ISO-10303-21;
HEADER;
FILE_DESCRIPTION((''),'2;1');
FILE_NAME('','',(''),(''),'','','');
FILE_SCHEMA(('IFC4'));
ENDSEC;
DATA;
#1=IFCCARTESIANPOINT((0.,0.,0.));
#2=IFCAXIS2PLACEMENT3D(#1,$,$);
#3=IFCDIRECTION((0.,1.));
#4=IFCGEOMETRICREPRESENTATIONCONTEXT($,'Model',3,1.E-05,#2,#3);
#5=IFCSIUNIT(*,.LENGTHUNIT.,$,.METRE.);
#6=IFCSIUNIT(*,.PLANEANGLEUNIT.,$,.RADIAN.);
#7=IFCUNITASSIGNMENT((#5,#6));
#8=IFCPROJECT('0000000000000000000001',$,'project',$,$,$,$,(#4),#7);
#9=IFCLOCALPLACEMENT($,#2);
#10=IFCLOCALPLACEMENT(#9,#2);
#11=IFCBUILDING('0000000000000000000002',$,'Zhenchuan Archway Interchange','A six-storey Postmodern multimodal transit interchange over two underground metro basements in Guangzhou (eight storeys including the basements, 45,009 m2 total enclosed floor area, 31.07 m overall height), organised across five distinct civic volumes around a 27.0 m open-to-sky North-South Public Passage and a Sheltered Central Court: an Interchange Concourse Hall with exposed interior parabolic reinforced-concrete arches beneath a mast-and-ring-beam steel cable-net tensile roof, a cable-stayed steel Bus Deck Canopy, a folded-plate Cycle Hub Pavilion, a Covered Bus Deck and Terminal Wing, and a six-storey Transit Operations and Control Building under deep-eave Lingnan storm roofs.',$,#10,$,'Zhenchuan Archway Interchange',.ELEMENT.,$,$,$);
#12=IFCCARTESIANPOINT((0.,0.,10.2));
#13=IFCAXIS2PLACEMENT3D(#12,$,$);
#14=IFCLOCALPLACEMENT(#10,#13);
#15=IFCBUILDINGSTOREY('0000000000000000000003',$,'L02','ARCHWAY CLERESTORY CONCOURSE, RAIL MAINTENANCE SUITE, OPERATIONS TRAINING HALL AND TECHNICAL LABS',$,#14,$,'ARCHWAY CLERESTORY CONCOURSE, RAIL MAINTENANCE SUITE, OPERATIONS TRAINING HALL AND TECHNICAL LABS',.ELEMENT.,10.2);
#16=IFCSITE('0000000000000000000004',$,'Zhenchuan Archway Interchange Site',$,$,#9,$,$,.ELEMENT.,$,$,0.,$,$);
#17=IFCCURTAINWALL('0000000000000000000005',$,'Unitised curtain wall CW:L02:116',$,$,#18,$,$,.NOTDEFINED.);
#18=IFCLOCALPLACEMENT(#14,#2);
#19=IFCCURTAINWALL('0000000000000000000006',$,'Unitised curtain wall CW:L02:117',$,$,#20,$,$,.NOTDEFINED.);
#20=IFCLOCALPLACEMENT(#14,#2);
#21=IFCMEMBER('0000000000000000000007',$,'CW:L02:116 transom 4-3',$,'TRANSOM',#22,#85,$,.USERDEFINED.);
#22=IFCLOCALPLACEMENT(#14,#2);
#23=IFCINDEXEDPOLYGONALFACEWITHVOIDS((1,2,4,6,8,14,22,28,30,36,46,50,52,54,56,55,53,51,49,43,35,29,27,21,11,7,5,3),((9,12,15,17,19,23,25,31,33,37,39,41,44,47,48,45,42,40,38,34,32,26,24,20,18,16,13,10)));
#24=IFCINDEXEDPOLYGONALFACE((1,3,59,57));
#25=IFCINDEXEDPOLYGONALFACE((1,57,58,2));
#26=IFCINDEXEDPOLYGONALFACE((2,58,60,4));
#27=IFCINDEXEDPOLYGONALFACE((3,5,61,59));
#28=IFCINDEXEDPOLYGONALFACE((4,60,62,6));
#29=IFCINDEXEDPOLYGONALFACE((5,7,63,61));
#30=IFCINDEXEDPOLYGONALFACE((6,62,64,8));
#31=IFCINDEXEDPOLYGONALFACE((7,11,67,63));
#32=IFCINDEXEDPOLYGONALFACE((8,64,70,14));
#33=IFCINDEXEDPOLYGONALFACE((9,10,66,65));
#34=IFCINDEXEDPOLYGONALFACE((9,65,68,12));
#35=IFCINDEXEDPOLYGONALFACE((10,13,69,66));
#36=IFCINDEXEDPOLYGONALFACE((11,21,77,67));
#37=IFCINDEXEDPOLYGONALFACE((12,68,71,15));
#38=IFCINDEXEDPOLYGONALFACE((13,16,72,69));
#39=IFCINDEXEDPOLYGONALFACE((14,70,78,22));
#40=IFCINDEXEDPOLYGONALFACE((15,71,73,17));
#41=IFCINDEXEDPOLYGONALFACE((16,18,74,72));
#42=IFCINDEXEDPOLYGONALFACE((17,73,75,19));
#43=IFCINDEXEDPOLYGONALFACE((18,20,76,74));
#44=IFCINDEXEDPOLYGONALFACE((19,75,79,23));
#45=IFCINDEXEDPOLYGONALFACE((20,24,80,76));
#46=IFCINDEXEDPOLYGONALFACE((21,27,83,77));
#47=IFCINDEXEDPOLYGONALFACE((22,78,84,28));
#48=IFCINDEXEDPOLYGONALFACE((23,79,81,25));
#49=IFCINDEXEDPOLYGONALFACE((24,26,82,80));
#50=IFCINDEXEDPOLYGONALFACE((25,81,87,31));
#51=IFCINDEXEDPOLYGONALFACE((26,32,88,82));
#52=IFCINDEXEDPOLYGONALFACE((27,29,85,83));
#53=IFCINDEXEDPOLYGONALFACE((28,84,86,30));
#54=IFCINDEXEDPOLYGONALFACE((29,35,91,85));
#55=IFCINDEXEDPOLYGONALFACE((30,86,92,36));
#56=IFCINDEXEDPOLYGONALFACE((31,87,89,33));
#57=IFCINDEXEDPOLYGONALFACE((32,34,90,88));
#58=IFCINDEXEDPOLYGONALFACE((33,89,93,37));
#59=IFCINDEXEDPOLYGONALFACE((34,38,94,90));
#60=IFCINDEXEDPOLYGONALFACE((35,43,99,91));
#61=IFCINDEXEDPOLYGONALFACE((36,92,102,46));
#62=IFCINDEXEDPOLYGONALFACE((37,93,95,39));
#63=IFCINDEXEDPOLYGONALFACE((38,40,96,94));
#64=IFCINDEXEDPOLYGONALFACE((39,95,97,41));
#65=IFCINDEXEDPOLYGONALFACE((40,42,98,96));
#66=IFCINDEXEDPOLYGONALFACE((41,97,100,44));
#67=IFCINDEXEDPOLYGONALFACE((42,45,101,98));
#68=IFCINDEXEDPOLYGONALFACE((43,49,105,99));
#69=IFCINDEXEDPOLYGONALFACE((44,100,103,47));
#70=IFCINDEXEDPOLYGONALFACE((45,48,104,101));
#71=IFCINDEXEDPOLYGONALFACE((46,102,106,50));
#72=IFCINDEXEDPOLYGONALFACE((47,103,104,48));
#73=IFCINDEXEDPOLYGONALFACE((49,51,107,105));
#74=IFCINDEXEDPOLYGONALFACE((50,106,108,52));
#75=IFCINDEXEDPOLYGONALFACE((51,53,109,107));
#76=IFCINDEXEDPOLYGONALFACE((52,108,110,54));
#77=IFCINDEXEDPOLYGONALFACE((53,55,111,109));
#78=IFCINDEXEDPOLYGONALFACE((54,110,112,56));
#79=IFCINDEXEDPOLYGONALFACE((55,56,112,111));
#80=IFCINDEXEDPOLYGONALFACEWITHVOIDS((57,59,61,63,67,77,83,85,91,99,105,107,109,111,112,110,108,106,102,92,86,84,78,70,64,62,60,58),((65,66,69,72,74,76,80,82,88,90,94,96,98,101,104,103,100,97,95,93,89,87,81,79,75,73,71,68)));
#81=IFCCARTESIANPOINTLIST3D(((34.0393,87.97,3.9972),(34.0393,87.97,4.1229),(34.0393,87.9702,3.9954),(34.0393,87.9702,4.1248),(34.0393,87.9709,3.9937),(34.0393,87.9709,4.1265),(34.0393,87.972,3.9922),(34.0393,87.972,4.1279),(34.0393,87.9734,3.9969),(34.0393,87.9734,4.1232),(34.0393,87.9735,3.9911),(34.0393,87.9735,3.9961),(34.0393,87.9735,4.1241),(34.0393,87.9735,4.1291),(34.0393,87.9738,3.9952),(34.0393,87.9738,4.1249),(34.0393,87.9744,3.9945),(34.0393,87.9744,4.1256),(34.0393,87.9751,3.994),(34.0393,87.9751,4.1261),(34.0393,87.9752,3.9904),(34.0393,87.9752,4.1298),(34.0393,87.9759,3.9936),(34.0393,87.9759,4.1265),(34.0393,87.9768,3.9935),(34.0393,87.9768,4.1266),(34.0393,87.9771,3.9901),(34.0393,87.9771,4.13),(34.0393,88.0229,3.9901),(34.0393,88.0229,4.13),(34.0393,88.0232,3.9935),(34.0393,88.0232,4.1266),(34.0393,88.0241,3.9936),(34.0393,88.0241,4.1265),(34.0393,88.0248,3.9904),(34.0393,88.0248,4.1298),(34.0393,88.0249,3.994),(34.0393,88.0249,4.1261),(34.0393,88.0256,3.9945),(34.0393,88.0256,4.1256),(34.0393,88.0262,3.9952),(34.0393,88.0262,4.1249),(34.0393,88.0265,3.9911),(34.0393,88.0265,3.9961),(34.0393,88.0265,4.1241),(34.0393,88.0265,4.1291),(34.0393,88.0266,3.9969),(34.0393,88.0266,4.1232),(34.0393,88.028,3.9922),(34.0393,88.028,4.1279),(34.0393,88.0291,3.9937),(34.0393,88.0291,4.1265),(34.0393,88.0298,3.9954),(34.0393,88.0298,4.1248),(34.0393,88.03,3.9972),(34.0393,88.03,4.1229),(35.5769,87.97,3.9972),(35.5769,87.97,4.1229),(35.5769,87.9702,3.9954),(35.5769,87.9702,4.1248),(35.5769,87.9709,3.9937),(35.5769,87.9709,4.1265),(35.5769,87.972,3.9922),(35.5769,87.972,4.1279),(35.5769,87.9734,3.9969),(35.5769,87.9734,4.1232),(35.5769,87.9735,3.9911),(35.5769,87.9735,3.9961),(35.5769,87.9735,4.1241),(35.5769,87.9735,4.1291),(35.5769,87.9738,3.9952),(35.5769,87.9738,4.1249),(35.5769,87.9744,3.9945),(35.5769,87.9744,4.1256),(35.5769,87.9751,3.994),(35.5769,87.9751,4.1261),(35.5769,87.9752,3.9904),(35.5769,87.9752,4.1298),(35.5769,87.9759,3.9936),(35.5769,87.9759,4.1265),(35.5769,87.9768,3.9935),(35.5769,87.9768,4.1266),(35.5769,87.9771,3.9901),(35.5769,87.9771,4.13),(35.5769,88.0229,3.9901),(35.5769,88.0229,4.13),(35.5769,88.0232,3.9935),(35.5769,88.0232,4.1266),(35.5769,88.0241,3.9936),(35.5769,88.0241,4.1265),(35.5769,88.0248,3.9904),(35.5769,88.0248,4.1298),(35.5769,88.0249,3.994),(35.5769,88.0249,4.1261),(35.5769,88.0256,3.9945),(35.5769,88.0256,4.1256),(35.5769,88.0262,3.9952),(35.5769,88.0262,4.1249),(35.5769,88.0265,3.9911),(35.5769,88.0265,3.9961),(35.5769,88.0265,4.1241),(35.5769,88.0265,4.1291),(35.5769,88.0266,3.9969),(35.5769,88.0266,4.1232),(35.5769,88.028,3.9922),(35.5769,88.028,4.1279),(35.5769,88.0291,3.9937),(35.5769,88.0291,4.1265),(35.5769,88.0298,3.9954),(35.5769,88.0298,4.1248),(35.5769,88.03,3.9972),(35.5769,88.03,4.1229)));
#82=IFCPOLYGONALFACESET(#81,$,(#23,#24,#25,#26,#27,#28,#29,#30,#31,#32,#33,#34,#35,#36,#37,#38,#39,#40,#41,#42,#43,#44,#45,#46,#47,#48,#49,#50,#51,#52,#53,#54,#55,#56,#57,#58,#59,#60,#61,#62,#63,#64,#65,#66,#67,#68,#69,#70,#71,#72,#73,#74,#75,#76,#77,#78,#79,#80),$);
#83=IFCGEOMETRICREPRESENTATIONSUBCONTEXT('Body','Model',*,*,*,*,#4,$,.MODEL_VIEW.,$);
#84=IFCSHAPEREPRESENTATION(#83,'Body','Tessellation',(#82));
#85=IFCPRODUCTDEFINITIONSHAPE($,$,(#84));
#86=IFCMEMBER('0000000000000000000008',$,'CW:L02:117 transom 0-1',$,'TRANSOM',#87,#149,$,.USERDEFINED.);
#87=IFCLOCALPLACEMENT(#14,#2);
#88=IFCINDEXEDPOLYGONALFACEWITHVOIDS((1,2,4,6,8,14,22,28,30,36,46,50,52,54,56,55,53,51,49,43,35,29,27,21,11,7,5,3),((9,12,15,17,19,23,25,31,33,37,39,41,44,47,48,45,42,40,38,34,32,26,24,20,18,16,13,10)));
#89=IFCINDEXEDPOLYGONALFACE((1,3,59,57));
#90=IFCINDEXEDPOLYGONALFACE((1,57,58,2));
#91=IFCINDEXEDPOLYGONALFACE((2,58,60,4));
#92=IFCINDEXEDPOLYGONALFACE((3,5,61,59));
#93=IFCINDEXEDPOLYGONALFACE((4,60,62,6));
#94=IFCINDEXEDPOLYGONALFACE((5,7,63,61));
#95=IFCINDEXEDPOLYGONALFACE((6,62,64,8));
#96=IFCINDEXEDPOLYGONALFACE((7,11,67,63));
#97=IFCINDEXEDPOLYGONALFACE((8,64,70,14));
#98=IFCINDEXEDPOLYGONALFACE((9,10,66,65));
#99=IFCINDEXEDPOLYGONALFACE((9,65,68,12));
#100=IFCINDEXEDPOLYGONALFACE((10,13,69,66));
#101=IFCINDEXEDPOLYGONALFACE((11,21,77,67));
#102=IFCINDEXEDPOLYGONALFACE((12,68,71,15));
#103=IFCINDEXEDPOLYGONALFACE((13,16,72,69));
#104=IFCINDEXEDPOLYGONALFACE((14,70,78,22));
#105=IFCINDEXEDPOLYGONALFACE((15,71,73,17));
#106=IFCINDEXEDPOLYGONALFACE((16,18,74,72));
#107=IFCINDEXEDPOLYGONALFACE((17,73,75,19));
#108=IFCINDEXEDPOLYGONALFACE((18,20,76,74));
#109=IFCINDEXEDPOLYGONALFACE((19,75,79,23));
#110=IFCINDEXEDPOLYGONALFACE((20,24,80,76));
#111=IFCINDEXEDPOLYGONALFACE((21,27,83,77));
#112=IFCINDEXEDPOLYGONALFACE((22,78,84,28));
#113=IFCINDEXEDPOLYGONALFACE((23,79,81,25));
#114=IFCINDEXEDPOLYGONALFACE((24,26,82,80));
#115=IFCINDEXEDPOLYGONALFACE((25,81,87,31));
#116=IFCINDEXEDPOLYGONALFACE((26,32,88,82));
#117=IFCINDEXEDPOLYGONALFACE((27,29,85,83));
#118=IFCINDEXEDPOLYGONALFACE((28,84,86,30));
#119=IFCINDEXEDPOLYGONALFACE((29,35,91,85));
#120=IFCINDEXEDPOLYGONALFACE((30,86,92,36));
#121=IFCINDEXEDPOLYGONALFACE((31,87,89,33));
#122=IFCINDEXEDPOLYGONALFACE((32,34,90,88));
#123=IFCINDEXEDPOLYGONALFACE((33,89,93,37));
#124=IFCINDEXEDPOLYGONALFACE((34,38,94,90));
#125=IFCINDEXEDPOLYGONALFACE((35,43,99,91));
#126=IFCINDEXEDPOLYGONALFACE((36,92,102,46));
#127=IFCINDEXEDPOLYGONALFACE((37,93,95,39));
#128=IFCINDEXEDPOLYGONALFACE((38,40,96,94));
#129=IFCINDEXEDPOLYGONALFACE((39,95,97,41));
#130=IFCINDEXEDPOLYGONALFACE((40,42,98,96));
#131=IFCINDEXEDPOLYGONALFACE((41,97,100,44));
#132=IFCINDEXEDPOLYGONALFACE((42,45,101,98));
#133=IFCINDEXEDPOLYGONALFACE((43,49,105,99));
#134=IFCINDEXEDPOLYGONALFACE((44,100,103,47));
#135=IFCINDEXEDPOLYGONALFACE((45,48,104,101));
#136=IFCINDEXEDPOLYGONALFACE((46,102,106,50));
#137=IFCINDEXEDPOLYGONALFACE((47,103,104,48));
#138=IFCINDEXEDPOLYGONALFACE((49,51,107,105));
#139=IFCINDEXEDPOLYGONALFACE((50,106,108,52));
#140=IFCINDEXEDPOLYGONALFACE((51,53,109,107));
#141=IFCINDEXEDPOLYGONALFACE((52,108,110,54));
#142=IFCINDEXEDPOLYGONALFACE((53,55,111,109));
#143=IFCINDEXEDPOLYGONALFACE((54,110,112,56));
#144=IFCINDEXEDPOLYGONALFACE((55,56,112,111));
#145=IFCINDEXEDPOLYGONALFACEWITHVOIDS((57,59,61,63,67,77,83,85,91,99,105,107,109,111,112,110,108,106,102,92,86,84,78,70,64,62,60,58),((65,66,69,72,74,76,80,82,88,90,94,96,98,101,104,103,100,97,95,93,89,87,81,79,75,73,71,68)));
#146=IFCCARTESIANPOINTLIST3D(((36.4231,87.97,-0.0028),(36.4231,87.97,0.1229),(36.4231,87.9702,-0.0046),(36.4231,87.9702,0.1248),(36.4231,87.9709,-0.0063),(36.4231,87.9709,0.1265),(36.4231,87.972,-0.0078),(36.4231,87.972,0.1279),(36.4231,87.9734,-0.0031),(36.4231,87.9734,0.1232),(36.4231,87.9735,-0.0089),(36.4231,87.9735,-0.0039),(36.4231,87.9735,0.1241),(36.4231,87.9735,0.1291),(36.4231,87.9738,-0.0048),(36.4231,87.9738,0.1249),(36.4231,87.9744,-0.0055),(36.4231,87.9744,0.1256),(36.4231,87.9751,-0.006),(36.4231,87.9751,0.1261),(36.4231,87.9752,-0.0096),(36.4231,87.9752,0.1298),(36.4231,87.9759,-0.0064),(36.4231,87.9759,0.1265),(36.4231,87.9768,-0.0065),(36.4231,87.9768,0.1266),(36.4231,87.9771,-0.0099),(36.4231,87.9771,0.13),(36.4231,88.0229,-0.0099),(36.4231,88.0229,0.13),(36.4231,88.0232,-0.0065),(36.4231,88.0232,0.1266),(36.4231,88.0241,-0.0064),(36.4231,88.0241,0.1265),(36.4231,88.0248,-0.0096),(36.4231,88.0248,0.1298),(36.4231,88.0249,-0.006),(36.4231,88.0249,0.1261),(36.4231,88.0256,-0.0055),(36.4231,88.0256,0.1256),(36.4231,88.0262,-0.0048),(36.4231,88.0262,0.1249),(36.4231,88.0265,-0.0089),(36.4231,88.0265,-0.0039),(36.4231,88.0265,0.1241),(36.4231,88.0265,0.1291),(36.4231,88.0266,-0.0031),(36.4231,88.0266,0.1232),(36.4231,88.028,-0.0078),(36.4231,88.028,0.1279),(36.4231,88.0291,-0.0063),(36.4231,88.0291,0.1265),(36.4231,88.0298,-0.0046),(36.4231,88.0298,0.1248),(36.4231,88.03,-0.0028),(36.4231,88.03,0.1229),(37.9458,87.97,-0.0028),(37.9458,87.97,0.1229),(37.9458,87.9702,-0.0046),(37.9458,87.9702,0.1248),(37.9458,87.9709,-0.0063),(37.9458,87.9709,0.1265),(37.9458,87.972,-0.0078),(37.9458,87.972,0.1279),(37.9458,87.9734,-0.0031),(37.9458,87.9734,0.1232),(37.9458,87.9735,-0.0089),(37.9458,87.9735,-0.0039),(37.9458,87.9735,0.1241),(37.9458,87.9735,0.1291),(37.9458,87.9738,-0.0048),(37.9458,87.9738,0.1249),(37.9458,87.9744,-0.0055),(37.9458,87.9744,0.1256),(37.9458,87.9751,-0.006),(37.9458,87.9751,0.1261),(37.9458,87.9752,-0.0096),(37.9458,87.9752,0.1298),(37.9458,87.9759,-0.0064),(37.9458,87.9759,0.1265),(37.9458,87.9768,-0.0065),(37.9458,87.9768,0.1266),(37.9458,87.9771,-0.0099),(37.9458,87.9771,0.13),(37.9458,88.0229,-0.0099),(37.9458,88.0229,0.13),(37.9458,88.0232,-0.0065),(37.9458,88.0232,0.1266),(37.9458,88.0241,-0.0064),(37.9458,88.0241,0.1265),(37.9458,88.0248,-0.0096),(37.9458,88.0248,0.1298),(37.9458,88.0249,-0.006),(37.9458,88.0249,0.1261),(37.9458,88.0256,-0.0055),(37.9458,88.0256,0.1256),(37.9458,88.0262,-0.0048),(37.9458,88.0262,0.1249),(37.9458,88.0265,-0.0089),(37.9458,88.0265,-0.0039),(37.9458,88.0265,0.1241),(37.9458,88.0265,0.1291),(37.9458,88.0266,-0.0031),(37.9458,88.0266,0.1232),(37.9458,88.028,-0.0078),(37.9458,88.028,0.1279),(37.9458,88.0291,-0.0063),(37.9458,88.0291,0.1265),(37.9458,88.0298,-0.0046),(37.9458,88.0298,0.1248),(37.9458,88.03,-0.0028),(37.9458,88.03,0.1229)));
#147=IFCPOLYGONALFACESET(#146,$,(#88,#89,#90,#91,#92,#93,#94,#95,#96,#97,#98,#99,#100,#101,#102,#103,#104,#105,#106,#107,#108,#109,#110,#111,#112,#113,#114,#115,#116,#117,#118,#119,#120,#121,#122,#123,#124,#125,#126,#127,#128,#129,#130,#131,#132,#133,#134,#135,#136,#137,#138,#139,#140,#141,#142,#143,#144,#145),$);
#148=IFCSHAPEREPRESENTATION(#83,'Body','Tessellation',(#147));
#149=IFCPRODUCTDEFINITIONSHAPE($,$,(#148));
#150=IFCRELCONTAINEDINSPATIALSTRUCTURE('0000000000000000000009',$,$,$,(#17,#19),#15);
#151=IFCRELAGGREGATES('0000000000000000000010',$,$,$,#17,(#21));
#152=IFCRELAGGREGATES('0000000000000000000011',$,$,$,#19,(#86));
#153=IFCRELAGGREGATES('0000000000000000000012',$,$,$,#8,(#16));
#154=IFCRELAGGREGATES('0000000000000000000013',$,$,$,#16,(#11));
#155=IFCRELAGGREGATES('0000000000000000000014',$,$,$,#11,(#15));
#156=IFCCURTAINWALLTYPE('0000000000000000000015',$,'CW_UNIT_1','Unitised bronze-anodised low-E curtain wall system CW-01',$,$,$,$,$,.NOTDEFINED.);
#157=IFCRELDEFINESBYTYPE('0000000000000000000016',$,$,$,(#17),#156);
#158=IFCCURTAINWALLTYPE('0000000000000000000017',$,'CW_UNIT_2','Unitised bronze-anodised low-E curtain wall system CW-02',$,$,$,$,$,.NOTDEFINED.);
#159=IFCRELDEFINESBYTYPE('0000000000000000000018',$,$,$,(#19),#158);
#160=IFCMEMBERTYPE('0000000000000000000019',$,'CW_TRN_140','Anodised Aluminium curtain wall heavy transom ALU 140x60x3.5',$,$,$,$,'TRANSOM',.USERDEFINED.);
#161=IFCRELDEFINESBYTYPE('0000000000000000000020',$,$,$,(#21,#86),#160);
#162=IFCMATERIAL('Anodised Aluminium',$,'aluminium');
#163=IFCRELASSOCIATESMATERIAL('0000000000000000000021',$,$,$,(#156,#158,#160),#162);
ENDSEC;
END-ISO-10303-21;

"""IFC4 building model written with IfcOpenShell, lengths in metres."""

from ifc_helpers import new_model, si_unit, direction, frame, origin, origin_2d, place, context, subcontext, project, spatial, hollow_rectangle, extrude, material, material_profile, profile_set, type_object, element, aggregate, save


model = new_model("IFC4")

# Units and contexts
model_context = context("Model", 3, precision=1e-05, world=origin(), true_north=direction((0.0, 1.0)))
body_context = subcontext(model_context, "Body", "Model", "MODEL_VIEW")
ifc_project = project(units=[si_unit("LENGTHUNIT", "METRE"), si_unit("PLANEANGLEUNIT", "RADIAN")], contexts=[model_context])

# Site, building, storey
site_placement = place(None, origin())
site = spatial("IfcSite", under=ifc_project, at=site_placement, Name="Zhenchuan Archway Interchange Site", CompositionType="ELEMENT", RefElevation=0.0)
building_placement = place(site_placement, origin())
building = spatial("IfcBuilding", under=site, at=building_placement, Name="Zhenchuan Archway Interchange", Description="A six-storey Postmodern multimodal transit interchange over two underground metro basements in Guangzhou (eight storeys including the basements, 45,009 m2 total enclosed floor area, 31.07 m overall height), organised across five distinct civic volumes around a 27.0 m open-to-sky North-South Public Passage and a Sheltered Central Court: an Interchange Concourse Hall with exposed interior parabolic reinforced-concrete arches beneath a mast-and-ring-beam steel cable-net tensile roof, a cable-stayed steel Bus Deck Canopy, a folded-plate Cycle Hub Pavilion, a Covered Bus Deck and Terminal Wing, and a six-storey Transit Operations and Control Building under deep-eave Lingnan storm roofs.", LongName="Zhenchuan Archway Interchange", CompositionType="ELEMENT")
storey_placement = place(building_placement, frame((0.0, 0.0, 10.2)))
storey = spatial("IfcBuildingStorey", under=building, at=storey_placement, Name="L02", Description="ARCHWAY CLERESTORY CONCOURSE, RAIL MAINTENANCE SUITE, OPERATIONS TRAINING HALL AND TECHNICAL LABS", LongName="ARCHWAY CLERESTORY CONCOURSE, RAIL MAINTENANCE SUITE, OPERATIONS TRAINING HALL AND TECHNICAL LABS", CompositionType="ELEMENT", Elevation=10.2)

# Curtain walls
ifc_material_1 = material(Name="Anodised Aluminium", Category="aluminium")
curtain_wall_type_1 = type_object("IfcCurtainWallType", Name="CW_UNIT_1", Description="Unitised bronze-anodised low-E curtain wall system CW-01", PredefinedType="NOTDEFINED", material=ifc_material_1)
curtain_wall_1_placement = place(storey_placement, origin())
curtain_wall_1 = element("IfcCurtainWall", 1, at=curtain_wall_1_placement, inside=storey, type_object=curtain_wall_type_1, Name="Unitised curtain wall CW:L02:116", PredefinedType="NOTDEFINED")
curtain_wall_type_2 = type_object("IfcCurtainWallType", Name="CW_UNIT_2", Description="Unitised bronze-anodised low-E curtain wall system CW-02", PredefinedType="NOTDEFINED", material=ifc_material_1)
curtain_wall_2_placement = place(storey_placement, origin())
curtain_wall_2 = element("IfcCurtainWall", 2, at=curtain_wall_2_placement, inside=storey, type_object=curtain_wall_type_2, Name="Unitised curtain wall CW:L02:117", PredefinedType="NOTDEFINED")

# Members
ifc_material_profile_1 = material_profile(ifc_material_1, hollow_rectangle(XDim=0.0601, YDim=0.1399, WallThickness=0.0034, InnerFilletRadius=0.0034, OuterFilletRadius=0.0071, at=origin_2d()), Name="ALU 140x60x3.5")
ifc_profile_set_1 = profile_set([ifc_material_profile_1], Name="Anodised Aluminium")
member_type_1 = type_object("IfcMemberType", Name="CW_TRN_140", Description="Anodised Aluminium curtain wall heavy transom ALU 140x60x3.5", ElementType="TRANSOM", PredefinedType="USERDEFINED", material=ifc_profile_set_1)
member_1_placement = place(storey_placement, frame((34.0393, 88.0, 4.0601), z_axis=(1.0, 0.0, 0.0), x_axis=(0.0, 1.0, 0.0)))
member_1 = element("IfcMember", 3, at=member_1_placement, type_object=member_type_1, Name="CW:L02:116 transom 4-3", ObjectType="TRANSOM", PredefinedType="USERDEFINED", context=body_context, shape_type="SweptSolid", body=[
    extrude(hollow_rectangle(XDim=0.0601, YDim=0.1399, WallThickness=0.0034, InnerFilletRadius=0.0034, OuterFilletRadius=0.0071, at=origin_2d()), origin(), (0.0, 0.0, 1.0), 1.5376),
])
member_2_placement = place(storey_placement, frame((36.4231, 88.0, 0.0601), z_axis=(1.0, 0.0, 0.0), x_axis=(0.0, 1.0, 0.0)))
member_2 = element("IfcMember", 4, at=member_2_placement, type_object=member_type_1, Name="CW:L02:117 transom 0-1", ObjectType="TRANSOM", PredefinedType="USERDEFINED", context=body_context, shape_type="SweptSolid", body=[
    extrude(hollow_rectangle(XDim=0.0601, YDim=0.1399, WallThickness=0.0034, InnerFilletRadius=0.0034, OuterFilletRadius=0.0071, at=origin_2d()), origin(), (0.0, 0.0, 1.0), 1.5227),
])

aggregate(curtain_wall_1, [member_1])
aggregate(curtain_wall_2, [member_2])

save(model, "model.ifc")
